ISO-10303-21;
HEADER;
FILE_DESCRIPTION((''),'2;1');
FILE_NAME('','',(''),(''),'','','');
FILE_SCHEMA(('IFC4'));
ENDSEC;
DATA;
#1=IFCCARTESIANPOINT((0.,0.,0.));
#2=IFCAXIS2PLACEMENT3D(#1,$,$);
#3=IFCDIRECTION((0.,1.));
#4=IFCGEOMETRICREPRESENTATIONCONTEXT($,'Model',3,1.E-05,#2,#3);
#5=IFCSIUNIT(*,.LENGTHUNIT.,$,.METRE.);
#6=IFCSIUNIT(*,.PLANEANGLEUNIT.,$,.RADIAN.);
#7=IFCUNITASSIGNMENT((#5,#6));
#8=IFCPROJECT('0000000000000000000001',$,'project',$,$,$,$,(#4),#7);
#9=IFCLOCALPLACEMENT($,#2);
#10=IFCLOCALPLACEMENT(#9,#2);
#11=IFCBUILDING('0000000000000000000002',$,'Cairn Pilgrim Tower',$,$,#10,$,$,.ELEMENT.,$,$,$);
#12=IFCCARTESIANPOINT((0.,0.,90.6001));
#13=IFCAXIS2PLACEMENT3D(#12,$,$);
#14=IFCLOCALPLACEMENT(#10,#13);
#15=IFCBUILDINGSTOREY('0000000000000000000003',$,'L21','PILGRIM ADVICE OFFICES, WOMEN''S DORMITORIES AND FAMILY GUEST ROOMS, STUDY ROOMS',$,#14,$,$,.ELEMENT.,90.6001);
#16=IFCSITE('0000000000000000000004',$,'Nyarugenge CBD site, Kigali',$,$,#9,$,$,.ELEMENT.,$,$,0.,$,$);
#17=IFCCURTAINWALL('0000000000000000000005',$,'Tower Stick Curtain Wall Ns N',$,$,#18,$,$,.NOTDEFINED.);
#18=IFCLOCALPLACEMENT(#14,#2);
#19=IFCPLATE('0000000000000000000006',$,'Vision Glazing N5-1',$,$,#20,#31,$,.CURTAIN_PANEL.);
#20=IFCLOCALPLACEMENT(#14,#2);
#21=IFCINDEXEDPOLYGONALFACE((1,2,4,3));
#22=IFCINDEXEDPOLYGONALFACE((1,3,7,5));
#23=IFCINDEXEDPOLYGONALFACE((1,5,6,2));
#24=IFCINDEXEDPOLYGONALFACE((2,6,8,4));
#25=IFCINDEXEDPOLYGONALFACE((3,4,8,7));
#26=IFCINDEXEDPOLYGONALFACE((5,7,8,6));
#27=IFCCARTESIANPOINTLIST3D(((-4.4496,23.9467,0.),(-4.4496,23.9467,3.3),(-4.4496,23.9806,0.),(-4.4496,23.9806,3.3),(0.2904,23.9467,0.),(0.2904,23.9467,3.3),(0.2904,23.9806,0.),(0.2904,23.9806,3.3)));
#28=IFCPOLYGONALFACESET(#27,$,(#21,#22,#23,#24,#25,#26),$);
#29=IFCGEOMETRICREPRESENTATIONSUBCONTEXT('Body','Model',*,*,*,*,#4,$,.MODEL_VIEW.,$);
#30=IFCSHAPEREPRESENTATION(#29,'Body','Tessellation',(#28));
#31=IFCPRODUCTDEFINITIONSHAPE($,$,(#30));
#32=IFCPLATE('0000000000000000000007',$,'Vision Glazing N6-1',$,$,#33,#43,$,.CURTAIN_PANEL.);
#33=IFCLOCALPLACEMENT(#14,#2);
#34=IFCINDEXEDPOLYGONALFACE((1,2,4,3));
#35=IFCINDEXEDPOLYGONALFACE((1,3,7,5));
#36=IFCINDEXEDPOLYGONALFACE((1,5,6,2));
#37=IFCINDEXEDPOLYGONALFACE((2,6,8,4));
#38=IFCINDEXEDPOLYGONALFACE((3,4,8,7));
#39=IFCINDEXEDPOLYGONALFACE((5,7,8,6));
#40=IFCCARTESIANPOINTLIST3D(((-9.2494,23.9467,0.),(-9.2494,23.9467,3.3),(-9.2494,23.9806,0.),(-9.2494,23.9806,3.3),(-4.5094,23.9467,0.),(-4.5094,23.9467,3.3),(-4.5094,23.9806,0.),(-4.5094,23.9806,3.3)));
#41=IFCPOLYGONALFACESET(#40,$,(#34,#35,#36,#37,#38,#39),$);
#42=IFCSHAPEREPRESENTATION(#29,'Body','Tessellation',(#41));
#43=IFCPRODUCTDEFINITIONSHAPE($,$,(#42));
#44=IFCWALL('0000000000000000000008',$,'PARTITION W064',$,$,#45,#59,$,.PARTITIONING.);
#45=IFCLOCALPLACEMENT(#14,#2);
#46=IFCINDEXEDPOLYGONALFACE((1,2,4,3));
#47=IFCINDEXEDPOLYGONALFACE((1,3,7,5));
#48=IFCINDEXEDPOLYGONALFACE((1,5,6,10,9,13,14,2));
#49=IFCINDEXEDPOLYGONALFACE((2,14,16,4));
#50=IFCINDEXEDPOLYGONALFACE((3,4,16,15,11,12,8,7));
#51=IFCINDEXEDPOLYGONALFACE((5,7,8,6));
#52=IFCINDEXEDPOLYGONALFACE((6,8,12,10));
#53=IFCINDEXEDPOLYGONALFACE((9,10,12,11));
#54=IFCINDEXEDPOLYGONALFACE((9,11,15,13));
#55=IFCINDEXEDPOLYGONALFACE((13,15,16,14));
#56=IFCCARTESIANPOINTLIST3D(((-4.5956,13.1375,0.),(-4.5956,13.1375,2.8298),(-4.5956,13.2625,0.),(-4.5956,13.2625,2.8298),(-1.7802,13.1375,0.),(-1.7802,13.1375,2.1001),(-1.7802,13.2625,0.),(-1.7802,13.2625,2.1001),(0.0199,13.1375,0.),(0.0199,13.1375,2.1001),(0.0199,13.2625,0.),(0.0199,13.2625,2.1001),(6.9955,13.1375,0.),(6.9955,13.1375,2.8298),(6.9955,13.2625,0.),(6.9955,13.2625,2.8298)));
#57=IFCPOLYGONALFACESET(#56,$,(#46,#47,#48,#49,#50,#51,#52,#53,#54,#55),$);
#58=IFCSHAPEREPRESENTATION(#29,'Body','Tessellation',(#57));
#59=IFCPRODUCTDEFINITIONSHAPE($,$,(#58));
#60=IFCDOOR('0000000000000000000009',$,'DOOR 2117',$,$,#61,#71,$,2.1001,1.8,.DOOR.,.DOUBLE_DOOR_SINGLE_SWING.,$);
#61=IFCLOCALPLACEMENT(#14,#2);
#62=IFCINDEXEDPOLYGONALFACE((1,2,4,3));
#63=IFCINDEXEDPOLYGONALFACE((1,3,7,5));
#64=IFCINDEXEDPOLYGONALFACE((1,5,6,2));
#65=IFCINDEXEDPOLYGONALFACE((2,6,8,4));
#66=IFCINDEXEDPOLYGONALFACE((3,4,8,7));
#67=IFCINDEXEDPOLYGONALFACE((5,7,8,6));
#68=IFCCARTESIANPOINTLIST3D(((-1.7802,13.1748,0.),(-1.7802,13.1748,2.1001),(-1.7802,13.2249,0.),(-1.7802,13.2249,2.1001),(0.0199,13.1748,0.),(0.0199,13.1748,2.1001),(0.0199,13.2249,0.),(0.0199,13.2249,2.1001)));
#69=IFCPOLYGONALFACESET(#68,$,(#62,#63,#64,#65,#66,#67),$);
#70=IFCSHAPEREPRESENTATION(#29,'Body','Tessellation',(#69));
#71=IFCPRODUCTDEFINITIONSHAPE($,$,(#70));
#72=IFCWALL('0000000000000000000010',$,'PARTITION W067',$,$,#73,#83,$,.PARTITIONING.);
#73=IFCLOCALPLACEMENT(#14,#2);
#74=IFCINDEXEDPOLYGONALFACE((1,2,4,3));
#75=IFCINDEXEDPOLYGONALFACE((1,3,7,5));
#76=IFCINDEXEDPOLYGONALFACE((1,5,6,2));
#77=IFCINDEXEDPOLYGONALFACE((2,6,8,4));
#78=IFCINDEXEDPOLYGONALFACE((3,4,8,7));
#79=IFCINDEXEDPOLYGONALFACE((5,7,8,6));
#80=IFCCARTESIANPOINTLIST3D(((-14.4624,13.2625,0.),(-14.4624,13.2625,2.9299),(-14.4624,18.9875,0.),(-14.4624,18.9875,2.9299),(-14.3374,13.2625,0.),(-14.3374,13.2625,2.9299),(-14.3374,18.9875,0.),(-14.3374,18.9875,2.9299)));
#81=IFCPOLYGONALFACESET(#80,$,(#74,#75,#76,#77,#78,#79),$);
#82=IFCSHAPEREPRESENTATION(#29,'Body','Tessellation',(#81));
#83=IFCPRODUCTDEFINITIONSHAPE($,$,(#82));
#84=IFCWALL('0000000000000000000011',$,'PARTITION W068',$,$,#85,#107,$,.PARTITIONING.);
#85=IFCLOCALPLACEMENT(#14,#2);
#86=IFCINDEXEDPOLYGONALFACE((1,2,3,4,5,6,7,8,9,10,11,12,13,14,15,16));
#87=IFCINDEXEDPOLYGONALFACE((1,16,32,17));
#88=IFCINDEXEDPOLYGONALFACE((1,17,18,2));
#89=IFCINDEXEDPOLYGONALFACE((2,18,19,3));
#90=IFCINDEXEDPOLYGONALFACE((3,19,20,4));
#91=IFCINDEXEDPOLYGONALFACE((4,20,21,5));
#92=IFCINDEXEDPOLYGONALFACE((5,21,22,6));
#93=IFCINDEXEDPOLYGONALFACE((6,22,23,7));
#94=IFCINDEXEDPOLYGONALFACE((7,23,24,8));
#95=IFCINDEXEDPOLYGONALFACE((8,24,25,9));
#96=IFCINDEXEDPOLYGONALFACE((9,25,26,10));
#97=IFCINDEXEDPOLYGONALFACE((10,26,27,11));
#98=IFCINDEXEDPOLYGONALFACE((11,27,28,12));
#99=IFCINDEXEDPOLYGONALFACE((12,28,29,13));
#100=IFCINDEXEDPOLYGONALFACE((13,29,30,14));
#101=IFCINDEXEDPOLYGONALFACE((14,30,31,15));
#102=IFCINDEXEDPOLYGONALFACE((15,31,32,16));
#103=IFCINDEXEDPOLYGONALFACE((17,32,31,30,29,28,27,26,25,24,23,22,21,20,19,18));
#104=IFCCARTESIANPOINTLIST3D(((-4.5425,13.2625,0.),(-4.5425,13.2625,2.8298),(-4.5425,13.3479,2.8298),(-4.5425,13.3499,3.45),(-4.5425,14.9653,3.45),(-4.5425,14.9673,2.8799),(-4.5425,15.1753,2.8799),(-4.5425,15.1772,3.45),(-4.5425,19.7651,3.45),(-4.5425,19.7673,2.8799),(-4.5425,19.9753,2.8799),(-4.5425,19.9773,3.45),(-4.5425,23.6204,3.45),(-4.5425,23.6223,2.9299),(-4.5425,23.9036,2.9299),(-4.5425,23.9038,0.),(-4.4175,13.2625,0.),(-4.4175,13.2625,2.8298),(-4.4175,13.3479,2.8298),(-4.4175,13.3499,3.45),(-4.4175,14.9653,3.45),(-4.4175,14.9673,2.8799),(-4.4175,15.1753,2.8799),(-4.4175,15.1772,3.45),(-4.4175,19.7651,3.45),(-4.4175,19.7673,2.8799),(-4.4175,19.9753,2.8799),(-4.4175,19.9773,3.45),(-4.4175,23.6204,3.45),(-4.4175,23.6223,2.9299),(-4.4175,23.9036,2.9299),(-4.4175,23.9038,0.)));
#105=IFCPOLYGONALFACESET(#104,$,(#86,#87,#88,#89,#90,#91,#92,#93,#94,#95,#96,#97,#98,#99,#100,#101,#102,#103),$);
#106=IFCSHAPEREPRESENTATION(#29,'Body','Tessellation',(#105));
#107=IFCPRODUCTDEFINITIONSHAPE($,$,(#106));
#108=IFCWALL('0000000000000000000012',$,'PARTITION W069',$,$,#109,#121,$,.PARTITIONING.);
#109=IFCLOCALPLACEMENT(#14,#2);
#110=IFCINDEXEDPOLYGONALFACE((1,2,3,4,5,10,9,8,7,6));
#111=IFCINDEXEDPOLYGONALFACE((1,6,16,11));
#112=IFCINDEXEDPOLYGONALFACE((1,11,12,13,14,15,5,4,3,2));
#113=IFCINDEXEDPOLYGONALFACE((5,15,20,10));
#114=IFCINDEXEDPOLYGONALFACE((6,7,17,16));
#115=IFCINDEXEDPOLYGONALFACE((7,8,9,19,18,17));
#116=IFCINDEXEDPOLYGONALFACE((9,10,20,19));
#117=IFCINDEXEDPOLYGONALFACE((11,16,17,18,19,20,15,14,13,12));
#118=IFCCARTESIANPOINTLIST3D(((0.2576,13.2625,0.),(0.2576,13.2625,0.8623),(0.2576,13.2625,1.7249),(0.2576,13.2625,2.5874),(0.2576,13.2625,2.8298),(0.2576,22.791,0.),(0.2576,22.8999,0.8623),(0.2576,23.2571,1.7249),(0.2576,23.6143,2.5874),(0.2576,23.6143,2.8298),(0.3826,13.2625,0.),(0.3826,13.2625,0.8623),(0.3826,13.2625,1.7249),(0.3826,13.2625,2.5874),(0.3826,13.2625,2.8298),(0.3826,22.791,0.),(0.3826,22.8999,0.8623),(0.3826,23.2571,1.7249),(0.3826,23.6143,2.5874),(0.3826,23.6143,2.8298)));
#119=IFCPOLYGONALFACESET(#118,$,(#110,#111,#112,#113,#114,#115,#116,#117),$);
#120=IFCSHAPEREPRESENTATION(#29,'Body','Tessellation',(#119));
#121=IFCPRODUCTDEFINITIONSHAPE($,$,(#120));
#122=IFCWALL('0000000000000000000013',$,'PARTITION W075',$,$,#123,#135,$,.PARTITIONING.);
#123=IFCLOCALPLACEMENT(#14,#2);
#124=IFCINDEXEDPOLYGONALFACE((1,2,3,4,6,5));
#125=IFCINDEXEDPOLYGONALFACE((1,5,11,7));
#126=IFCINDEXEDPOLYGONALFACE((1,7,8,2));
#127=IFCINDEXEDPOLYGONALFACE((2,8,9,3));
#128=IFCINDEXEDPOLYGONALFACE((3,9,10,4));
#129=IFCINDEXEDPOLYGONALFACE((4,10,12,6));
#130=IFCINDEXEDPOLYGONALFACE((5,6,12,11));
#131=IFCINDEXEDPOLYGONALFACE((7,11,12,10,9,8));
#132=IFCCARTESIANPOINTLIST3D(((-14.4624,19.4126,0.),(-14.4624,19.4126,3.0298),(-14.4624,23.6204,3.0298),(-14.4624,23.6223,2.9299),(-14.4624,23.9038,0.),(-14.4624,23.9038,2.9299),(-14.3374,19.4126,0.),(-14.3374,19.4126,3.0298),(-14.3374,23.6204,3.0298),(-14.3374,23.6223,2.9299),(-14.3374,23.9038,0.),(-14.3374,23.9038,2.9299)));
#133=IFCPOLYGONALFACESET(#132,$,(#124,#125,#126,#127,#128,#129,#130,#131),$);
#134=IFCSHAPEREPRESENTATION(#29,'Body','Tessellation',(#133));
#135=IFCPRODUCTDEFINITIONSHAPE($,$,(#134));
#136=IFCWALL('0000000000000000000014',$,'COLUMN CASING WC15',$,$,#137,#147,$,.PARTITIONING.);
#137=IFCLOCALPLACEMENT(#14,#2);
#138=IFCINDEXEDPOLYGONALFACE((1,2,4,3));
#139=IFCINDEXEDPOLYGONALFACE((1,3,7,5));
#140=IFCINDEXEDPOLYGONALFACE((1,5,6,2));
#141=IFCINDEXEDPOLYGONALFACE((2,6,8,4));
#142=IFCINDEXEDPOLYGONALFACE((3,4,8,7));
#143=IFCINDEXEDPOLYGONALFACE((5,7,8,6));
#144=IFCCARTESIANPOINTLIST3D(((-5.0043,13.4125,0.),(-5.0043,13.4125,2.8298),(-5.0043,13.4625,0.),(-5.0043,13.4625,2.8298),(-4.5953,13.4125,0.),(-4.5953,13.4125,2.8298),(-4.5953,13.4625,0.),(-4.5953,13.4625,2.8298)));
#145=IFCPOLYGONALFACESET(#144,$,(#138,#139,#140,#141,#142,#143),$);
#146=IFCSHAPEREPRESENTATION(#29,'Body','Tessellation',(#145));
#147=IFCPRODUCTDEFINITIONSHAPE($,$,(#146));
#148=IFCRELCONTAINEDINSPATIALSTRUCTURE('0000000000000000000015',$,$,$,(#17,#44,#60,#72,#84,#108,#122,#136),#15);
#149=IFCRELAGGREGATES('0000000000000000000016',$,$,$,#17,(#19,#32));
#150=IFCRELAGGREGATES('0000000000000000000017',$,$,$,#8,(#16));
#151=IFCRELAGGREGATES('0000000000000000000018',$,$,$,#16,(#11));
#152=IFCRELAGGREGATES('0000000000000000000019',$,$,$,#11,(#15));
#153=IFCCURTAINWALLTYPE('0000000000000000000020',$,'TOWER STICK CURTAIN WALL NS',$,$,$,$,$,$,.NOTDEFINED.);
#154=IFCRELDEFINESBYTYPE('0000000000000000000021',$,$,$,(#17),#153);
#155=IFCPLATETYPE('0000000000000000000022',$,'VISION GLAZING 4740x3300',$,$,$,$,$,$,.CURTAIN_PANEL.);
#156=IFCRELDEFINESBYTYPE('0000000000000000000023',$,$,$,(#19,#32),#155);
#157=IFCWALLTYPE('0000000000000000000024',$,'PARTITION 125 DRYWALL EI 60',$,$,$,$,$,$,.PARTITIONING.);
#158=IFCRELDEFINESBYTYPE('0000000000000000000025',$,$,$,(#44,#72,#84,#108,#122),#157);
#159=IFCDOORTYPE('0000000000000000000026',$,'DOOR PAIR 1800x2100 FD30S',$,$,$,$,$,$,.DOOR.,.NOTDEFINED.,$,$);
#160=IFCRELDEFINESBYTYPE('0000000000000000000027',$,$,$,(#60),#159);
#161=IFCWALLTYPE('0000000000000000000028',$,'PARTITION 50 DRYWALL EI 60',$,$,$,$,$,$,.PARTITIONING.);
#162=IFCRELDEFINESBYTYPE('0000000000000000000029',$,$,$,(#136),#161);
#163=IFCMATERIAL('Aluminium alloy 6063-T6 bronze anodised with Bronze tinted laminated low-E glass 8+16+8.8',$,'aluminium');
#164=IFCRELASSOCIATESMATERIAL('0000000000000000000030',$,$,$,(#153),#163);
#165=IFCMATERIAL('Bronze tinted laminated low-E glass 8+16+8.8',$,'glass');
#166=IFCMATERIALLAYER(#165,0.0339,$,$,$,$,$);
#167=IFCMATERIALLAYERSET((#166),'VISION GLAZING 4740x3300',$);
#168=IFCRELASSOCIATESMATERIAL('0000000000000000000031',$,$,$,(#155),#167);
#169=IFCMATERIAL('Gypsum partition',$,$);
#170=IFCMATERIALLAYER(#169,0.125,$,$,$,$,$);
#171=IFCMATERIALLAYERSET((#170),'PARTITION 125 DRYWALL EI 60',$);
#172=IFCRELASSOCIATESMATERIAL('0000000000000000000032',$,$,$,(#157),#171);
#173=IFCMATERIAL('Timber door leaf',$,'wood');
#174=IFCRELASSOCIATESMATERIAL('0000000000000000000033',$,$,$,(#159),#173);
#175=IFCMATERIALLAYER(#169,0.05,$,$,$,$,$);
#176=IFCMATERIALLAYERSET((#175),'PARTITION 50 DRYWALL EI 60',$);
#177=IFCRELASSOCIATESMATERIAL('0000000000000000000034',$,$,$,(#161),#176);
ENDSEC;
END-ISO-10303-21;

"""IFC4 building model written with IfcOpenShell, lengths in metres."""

from ifc_helpers import new_model, si_unit, direction, frame, frame_2d, origin, origin_2d, place, context, subcontext, project, spatial, polyline, rectangle, outline, extrude, material, layer, layer_set, type_object, element, fill, aggregate, save


model = new_model("IFC4")

# Units and contexts
model_context = context("Model", 3, precision=1e-05, world=origin(), true_north=direction((0.0, 1.0)))
body_context = subcontext(model_context, "Body", "Model", "MODEL_VIEW")
ifc_project = project(units=[si_unit("LENGTHUNIT", "METRE"), si_unit("PLANEANGLEUNIT", "RADIAN")], contexts=[model_context])

# Site, building, storey
site_placement = place(None, origin())
site = spatial("IfcSite", under=ifc_project, at=site_placement, Name="Nyarugenge CBD site, Kigali", CompositionType="ELEMENT", RefElevation=0.0)
building_placement = place(site_placement, origin())
building = spatial("IfcBuilding", under=site, at=building_placement, Name="Cairn Pilgrim Tower", CompositionType="ELEMENT")
storey_placement = place(building_placement, frame((0.0, 0.0, 90.6001)))
storey = spatial("IfcBuildingStorey", under=building, at=storey_placement, Name="L21", Description="PILGRIM ADVICE OFFICES, WOMEN'S DORMITORIES AND FAMILY GUEST ROOMS, STUDY ROOMS", CompositionType="ELEMENT", Elevation=90.6001)

# Curtain wall
ifc_material_1 = material(Name="Aluminium alloy 6063-T6 bronze anodised with Bronze tinted laminated low-E glass 8+16+8.8", Category="aluminium")
curtain_wall_type = type_object("IfcCurtainWallType", Name="TOWER STICK CURTAIN WALL NS", PredefinedType="NOTDEFINED", material=ifc_material_1)
curtain_wall_placement = place(storey_placement, origin())
curtain_wall = element("IfcCurtainWall", 1, at=curtain_wall_placement, inside=storey, type_object=curtain_wall_type, Name="Tower Stick Curtain Wall Ns N", PredefinedType="NOTDEFINED")

# Plates
ifc_material_2 = material(Name="Bronze tinted laminated low-E glass 8+16+8.8", Category="glass")
ifc_layer_1 = layer(ifc_material_2, 0.0339)
ifc_layer_set_1 = layer_set([ifc_layer_1], Name="VISION GLAZING 4740x3300")
plate_type = type_object("IfcPlateType", Name="VISION GLAZING 4740x3300", PredefinedType="CURTAIN_PANEL", material=ifc_layer_set_1)
plate_1_placement = place(storey_placement, frame((-2.0796, 23.9636, 0.0), z_axis=(0.0, 0.0, 1.0), x_axis=(-1.0, 0.0, 0.0)))
plate_1 = element("IfcPlate", 2, at=plate_1_placement, type_object=plate_type, Name="Vision Glazing N5-1", PredefinedType="CURTAIN_PANEL", context=body_context, shape_type="SweptSolid", body=[
    extrude(rectangle(XDim=4.74, YDim=0.0339, at=origin_2d()), origin(), (0.0, 0.0, 1.0), 3.3),
])
plate_2_placement = place(storey_placement, frame((-6.8794, 23.9636, 0.0), z_axis=(0.0, 0.0, 1.0), x_axis=(-1.0, 0.0, 0.0)))
plate_2 = element("IfcPlate", 3, at=plate_2_placement, type_object=plate_type, Name="Vision Glazing N6-1", PredefinedType="CURTAIN_PANEL", context=body_context, shape_type="SweptSolid", body=[
    extrude(rectangle(XDim=4.74, YDim=0.0339, at=origin_2d()), origin(), (0.0, 0.0, 1.0), 3.3),
])
aggregate(curtain_wall, [plate_1, plate_2])

# Wall, opening, door
ifc_material_3 = material(Name="Gypsum partition")
ifc_layer_2 = layer(ifc_material_3, 0.125)
ifc_layer_set_2 = layer_set([ifc_layer_2], Name="PARTITION 125 DRYWALL EI 60")
wall_type_1 = type_object("IfcWallType", Name="PARTITION 125 DRYWALL EI 60", PredefinedType="PARTITIONING", material=ifc_layer_set_2)
wall_1_placement = place(storey_placement, frame((-4.5955, 13.2, 0.0), z_axis=(0.0, 0.0, 1.0), x_axis=(1.0, 0.0, 0.0)))
wall_1 = element("IfcWall", 4, at=wall_1_placement, inside=storey, type_object=wall_type_1, Name="PARTITION W064", PredefinedType="PARTITIONING", context=body_context, shape_type="SweptSolid", body=[
    extrude(rectangle(XDim=11.5911, YDim=0.125, at=frame_2d((5.7954, 0.0))), origin(), (0.0, 0.0, 1.0), 2.8298),
])
opening_1_placement = place(wall_1_placement, frame((2.8154, 0.0, 0.0)))
opening_1 = element("IfcOpeningElement", 5, at=opening_1_placement, cuts=wall_1, PredefinedType="OPENING", context=body_context, shape_type="SweptSolid", body=[
    extrude(rectangle(XDim=1.8, YDim=2.1001, at=frame_2d((0.8999, 1.05))), frame((0.0, 0.0725, 0.0), z_axis=(0.0, -1.0, 0.0), x_axis=(1.0, 0.0, 0.0)), (0.0, 0.0, 1.0), 0.145),
])
ifc_material_4 = material(Name="Timber door leaf", Category="wood")
door_type_1 = type_object("IfcDoorType", Name="DOOR PAIR 1800x2100 FD30S", OperationType="NOTDEFINED", PredefinedType="DOOR", material=ifc_material_4)
door_1_placement = place(opening_1_placement, origin())
door_1 = element("IfcDoor", 6, at=door_1_placement, inside=storey, type_object=door_type_1, Name="DOOR 2117", OperationType="DOUBLE_DOOR_SINGLE_SWING", OverallHeight=2.1001, OverallWidth=1.8, PredefinedType="DOOR", context=body_context, shape_type="SweptSolid", body=[
    extrude(rectangle(XDim=1.8, YDim=2.1001, at=frame_2d((0.8999, 1.05))), frame((0.0, 0.0249, 0.0), z_axis=(0.0, -1.0, 0.0), x_axis=(1.0, 0.0, 0.0)), (0.0, 0.0, 1.0), 0.05),
])
fill(opening_1, door_1)

# Walls
wall_2_placement = place(storey_placement, frame((-14.3999, 13.2625, 0.0), z_axis=(0.0, 0.0, 1.0), x_axis=(0.0, 1.0, 0.0)))
element("IfcWall", 7, at=wall_2_placement, inside=storey, type_object=wall_type_1, Name="PARTITION W067", PredefinedType="PARTITIONING", context=body_context, shape_type="SweptSolid", body=[
    extrude(rectangle(XDim=5.7251, YDim=0.125, at=frame_2d((2.8625, 0.0))), origin(), (0.0, 0.0, 1.0), 2.9299),
])
wall_3_placement = place(storey_placement, frame((-4.48, 13.2625, 0.0), z_axis=(0.0, 0.0, 1.0), x_axis=(0.0, 1.0, 0.0)))
element("IfcWall", 8, at=wall_3_placement, inside=storey, type_object=wall_type_1, Name="PARTITION W068", PredefinedType="PARTITIONING", context=body_context, shape_type="SweptSolid", body=[
    extrude(outline(polyline([(0.0, 0.0), (10.6414, 0.0), (10.6411, 2.9299), (10.3599, 2.9299), (10.3579, 3.45), (6.7148, 3.45), (6.7129, 2.8799), (6.5049, 2.8799), (6.5027, 3.45), (1.9148, 3.45), (1.9128, 2.8799), (1.7048, 2.8799), (1.7029, 3.45), (0.0874, 3.45), (0.0854, 2.8298), (0.0, 2.8298), (0.0, 0.0)])), frame((0.0, 0.0625, 0.0), z_axis=(0.0, -1.0, 0.0), x_axis=(1.0, 0.0, 0.0)), (0.0, 0.0, 1.0), 0.125),
])
wall_4_placement = place(storey_placement, frame((0.3201, 13.2625, 0.0), z_axis=(0.0, 0.0, 1.0), x_axis=(0.0, 1.0, 0.0)))
element("IfcWall", 9, at=wall_4_placement, inside=storey, type_object=wall_type_1, Name="PARTITION W069", PredefinedType="PARTITIONING", context=body_context, shape_type="SweptSolid", body=[
    extrude(outline(polyline([(0.0, 0.0), (9.5286, 0.0), (9.6375, 0.8623), (9.9946, 1.7249), (10.3518, 2.5874), (10.3518, 2.8298), (0.0, 2.8298), (0.0, 2.5874), (0.0, 1.7249), (0.0, 0.8623), (0.0, 0.0)])), frame((0.0, 0.0625, 0.0), z_axis=(0.0, -1.0, 0.0), x_axis=(1.0, 0.0, 0.0)), (0.0, 0.0, 1.0), 0.125),
])
wall_5_placement = place(storey_placement, frame((-14.3999, 19.4126, 0.0), z_axis=(0.0, 0.0, 1.0), x_axis=(0.0, 1.0, 0.0)))
element("IfcWall", 10, at=wall_5_placement, inside=storey, type_object=wall_type_1, Name="PARTITION W075", PredefinedType="PARTITIONING", context=body_context, shape_type="SweptSolid", body=[
    extrude(outline(polyline([(0.0, 0.0), (4.4912, 0.0), (4.4912, 2.9299), (4.2097, 2.9299), (4.2078, 3.0298), (0.0, 3.0298), (0.0, 0.0)])), frame((0.0, 0.0625, 0.0), z_axis=(0.0, -1.0, 0.0), x_axis=(1.0, 0.0, 0.0)), (0.0, 0.0, 1.0), 0.125),
])
ifc_layer_3 = layer(ifc_material_3, 0.05)
ifc_layer_set_3 = layer_set([ifc_layer_3], Name="PARTITION 50 DRYWALL EI 60")
wall_type_2 = type_object("IfcWallType", Name="PARTITION 50 DRYWALL EI 60", PredefinedType="PARTITIONING", material=ifc_layer_set_3)
wall_6_placement = place(storey_placement, frame((-5.0044, 13.4375, 0.0), z_axis=(0.0, 0.0, 1.0), x_axis=(1.0, 0.0, 0.0)))
element("IfcWall", 11, at=wall_6_placement, inside=storey, type_object=wall_type_2, Name="COLUMN CASING WC15", PredefinedType="PARTITIONING", context=body_context, shape_type="SweptSolid", body=[
    extrude(rectangle(XDim=0.4089, YDim=0.05, at=frame_2d((0.2046, 0.0))), origin(), (0.0, 0.0, 1.0), 2.8298),
])

save(model, "model.ifc")
